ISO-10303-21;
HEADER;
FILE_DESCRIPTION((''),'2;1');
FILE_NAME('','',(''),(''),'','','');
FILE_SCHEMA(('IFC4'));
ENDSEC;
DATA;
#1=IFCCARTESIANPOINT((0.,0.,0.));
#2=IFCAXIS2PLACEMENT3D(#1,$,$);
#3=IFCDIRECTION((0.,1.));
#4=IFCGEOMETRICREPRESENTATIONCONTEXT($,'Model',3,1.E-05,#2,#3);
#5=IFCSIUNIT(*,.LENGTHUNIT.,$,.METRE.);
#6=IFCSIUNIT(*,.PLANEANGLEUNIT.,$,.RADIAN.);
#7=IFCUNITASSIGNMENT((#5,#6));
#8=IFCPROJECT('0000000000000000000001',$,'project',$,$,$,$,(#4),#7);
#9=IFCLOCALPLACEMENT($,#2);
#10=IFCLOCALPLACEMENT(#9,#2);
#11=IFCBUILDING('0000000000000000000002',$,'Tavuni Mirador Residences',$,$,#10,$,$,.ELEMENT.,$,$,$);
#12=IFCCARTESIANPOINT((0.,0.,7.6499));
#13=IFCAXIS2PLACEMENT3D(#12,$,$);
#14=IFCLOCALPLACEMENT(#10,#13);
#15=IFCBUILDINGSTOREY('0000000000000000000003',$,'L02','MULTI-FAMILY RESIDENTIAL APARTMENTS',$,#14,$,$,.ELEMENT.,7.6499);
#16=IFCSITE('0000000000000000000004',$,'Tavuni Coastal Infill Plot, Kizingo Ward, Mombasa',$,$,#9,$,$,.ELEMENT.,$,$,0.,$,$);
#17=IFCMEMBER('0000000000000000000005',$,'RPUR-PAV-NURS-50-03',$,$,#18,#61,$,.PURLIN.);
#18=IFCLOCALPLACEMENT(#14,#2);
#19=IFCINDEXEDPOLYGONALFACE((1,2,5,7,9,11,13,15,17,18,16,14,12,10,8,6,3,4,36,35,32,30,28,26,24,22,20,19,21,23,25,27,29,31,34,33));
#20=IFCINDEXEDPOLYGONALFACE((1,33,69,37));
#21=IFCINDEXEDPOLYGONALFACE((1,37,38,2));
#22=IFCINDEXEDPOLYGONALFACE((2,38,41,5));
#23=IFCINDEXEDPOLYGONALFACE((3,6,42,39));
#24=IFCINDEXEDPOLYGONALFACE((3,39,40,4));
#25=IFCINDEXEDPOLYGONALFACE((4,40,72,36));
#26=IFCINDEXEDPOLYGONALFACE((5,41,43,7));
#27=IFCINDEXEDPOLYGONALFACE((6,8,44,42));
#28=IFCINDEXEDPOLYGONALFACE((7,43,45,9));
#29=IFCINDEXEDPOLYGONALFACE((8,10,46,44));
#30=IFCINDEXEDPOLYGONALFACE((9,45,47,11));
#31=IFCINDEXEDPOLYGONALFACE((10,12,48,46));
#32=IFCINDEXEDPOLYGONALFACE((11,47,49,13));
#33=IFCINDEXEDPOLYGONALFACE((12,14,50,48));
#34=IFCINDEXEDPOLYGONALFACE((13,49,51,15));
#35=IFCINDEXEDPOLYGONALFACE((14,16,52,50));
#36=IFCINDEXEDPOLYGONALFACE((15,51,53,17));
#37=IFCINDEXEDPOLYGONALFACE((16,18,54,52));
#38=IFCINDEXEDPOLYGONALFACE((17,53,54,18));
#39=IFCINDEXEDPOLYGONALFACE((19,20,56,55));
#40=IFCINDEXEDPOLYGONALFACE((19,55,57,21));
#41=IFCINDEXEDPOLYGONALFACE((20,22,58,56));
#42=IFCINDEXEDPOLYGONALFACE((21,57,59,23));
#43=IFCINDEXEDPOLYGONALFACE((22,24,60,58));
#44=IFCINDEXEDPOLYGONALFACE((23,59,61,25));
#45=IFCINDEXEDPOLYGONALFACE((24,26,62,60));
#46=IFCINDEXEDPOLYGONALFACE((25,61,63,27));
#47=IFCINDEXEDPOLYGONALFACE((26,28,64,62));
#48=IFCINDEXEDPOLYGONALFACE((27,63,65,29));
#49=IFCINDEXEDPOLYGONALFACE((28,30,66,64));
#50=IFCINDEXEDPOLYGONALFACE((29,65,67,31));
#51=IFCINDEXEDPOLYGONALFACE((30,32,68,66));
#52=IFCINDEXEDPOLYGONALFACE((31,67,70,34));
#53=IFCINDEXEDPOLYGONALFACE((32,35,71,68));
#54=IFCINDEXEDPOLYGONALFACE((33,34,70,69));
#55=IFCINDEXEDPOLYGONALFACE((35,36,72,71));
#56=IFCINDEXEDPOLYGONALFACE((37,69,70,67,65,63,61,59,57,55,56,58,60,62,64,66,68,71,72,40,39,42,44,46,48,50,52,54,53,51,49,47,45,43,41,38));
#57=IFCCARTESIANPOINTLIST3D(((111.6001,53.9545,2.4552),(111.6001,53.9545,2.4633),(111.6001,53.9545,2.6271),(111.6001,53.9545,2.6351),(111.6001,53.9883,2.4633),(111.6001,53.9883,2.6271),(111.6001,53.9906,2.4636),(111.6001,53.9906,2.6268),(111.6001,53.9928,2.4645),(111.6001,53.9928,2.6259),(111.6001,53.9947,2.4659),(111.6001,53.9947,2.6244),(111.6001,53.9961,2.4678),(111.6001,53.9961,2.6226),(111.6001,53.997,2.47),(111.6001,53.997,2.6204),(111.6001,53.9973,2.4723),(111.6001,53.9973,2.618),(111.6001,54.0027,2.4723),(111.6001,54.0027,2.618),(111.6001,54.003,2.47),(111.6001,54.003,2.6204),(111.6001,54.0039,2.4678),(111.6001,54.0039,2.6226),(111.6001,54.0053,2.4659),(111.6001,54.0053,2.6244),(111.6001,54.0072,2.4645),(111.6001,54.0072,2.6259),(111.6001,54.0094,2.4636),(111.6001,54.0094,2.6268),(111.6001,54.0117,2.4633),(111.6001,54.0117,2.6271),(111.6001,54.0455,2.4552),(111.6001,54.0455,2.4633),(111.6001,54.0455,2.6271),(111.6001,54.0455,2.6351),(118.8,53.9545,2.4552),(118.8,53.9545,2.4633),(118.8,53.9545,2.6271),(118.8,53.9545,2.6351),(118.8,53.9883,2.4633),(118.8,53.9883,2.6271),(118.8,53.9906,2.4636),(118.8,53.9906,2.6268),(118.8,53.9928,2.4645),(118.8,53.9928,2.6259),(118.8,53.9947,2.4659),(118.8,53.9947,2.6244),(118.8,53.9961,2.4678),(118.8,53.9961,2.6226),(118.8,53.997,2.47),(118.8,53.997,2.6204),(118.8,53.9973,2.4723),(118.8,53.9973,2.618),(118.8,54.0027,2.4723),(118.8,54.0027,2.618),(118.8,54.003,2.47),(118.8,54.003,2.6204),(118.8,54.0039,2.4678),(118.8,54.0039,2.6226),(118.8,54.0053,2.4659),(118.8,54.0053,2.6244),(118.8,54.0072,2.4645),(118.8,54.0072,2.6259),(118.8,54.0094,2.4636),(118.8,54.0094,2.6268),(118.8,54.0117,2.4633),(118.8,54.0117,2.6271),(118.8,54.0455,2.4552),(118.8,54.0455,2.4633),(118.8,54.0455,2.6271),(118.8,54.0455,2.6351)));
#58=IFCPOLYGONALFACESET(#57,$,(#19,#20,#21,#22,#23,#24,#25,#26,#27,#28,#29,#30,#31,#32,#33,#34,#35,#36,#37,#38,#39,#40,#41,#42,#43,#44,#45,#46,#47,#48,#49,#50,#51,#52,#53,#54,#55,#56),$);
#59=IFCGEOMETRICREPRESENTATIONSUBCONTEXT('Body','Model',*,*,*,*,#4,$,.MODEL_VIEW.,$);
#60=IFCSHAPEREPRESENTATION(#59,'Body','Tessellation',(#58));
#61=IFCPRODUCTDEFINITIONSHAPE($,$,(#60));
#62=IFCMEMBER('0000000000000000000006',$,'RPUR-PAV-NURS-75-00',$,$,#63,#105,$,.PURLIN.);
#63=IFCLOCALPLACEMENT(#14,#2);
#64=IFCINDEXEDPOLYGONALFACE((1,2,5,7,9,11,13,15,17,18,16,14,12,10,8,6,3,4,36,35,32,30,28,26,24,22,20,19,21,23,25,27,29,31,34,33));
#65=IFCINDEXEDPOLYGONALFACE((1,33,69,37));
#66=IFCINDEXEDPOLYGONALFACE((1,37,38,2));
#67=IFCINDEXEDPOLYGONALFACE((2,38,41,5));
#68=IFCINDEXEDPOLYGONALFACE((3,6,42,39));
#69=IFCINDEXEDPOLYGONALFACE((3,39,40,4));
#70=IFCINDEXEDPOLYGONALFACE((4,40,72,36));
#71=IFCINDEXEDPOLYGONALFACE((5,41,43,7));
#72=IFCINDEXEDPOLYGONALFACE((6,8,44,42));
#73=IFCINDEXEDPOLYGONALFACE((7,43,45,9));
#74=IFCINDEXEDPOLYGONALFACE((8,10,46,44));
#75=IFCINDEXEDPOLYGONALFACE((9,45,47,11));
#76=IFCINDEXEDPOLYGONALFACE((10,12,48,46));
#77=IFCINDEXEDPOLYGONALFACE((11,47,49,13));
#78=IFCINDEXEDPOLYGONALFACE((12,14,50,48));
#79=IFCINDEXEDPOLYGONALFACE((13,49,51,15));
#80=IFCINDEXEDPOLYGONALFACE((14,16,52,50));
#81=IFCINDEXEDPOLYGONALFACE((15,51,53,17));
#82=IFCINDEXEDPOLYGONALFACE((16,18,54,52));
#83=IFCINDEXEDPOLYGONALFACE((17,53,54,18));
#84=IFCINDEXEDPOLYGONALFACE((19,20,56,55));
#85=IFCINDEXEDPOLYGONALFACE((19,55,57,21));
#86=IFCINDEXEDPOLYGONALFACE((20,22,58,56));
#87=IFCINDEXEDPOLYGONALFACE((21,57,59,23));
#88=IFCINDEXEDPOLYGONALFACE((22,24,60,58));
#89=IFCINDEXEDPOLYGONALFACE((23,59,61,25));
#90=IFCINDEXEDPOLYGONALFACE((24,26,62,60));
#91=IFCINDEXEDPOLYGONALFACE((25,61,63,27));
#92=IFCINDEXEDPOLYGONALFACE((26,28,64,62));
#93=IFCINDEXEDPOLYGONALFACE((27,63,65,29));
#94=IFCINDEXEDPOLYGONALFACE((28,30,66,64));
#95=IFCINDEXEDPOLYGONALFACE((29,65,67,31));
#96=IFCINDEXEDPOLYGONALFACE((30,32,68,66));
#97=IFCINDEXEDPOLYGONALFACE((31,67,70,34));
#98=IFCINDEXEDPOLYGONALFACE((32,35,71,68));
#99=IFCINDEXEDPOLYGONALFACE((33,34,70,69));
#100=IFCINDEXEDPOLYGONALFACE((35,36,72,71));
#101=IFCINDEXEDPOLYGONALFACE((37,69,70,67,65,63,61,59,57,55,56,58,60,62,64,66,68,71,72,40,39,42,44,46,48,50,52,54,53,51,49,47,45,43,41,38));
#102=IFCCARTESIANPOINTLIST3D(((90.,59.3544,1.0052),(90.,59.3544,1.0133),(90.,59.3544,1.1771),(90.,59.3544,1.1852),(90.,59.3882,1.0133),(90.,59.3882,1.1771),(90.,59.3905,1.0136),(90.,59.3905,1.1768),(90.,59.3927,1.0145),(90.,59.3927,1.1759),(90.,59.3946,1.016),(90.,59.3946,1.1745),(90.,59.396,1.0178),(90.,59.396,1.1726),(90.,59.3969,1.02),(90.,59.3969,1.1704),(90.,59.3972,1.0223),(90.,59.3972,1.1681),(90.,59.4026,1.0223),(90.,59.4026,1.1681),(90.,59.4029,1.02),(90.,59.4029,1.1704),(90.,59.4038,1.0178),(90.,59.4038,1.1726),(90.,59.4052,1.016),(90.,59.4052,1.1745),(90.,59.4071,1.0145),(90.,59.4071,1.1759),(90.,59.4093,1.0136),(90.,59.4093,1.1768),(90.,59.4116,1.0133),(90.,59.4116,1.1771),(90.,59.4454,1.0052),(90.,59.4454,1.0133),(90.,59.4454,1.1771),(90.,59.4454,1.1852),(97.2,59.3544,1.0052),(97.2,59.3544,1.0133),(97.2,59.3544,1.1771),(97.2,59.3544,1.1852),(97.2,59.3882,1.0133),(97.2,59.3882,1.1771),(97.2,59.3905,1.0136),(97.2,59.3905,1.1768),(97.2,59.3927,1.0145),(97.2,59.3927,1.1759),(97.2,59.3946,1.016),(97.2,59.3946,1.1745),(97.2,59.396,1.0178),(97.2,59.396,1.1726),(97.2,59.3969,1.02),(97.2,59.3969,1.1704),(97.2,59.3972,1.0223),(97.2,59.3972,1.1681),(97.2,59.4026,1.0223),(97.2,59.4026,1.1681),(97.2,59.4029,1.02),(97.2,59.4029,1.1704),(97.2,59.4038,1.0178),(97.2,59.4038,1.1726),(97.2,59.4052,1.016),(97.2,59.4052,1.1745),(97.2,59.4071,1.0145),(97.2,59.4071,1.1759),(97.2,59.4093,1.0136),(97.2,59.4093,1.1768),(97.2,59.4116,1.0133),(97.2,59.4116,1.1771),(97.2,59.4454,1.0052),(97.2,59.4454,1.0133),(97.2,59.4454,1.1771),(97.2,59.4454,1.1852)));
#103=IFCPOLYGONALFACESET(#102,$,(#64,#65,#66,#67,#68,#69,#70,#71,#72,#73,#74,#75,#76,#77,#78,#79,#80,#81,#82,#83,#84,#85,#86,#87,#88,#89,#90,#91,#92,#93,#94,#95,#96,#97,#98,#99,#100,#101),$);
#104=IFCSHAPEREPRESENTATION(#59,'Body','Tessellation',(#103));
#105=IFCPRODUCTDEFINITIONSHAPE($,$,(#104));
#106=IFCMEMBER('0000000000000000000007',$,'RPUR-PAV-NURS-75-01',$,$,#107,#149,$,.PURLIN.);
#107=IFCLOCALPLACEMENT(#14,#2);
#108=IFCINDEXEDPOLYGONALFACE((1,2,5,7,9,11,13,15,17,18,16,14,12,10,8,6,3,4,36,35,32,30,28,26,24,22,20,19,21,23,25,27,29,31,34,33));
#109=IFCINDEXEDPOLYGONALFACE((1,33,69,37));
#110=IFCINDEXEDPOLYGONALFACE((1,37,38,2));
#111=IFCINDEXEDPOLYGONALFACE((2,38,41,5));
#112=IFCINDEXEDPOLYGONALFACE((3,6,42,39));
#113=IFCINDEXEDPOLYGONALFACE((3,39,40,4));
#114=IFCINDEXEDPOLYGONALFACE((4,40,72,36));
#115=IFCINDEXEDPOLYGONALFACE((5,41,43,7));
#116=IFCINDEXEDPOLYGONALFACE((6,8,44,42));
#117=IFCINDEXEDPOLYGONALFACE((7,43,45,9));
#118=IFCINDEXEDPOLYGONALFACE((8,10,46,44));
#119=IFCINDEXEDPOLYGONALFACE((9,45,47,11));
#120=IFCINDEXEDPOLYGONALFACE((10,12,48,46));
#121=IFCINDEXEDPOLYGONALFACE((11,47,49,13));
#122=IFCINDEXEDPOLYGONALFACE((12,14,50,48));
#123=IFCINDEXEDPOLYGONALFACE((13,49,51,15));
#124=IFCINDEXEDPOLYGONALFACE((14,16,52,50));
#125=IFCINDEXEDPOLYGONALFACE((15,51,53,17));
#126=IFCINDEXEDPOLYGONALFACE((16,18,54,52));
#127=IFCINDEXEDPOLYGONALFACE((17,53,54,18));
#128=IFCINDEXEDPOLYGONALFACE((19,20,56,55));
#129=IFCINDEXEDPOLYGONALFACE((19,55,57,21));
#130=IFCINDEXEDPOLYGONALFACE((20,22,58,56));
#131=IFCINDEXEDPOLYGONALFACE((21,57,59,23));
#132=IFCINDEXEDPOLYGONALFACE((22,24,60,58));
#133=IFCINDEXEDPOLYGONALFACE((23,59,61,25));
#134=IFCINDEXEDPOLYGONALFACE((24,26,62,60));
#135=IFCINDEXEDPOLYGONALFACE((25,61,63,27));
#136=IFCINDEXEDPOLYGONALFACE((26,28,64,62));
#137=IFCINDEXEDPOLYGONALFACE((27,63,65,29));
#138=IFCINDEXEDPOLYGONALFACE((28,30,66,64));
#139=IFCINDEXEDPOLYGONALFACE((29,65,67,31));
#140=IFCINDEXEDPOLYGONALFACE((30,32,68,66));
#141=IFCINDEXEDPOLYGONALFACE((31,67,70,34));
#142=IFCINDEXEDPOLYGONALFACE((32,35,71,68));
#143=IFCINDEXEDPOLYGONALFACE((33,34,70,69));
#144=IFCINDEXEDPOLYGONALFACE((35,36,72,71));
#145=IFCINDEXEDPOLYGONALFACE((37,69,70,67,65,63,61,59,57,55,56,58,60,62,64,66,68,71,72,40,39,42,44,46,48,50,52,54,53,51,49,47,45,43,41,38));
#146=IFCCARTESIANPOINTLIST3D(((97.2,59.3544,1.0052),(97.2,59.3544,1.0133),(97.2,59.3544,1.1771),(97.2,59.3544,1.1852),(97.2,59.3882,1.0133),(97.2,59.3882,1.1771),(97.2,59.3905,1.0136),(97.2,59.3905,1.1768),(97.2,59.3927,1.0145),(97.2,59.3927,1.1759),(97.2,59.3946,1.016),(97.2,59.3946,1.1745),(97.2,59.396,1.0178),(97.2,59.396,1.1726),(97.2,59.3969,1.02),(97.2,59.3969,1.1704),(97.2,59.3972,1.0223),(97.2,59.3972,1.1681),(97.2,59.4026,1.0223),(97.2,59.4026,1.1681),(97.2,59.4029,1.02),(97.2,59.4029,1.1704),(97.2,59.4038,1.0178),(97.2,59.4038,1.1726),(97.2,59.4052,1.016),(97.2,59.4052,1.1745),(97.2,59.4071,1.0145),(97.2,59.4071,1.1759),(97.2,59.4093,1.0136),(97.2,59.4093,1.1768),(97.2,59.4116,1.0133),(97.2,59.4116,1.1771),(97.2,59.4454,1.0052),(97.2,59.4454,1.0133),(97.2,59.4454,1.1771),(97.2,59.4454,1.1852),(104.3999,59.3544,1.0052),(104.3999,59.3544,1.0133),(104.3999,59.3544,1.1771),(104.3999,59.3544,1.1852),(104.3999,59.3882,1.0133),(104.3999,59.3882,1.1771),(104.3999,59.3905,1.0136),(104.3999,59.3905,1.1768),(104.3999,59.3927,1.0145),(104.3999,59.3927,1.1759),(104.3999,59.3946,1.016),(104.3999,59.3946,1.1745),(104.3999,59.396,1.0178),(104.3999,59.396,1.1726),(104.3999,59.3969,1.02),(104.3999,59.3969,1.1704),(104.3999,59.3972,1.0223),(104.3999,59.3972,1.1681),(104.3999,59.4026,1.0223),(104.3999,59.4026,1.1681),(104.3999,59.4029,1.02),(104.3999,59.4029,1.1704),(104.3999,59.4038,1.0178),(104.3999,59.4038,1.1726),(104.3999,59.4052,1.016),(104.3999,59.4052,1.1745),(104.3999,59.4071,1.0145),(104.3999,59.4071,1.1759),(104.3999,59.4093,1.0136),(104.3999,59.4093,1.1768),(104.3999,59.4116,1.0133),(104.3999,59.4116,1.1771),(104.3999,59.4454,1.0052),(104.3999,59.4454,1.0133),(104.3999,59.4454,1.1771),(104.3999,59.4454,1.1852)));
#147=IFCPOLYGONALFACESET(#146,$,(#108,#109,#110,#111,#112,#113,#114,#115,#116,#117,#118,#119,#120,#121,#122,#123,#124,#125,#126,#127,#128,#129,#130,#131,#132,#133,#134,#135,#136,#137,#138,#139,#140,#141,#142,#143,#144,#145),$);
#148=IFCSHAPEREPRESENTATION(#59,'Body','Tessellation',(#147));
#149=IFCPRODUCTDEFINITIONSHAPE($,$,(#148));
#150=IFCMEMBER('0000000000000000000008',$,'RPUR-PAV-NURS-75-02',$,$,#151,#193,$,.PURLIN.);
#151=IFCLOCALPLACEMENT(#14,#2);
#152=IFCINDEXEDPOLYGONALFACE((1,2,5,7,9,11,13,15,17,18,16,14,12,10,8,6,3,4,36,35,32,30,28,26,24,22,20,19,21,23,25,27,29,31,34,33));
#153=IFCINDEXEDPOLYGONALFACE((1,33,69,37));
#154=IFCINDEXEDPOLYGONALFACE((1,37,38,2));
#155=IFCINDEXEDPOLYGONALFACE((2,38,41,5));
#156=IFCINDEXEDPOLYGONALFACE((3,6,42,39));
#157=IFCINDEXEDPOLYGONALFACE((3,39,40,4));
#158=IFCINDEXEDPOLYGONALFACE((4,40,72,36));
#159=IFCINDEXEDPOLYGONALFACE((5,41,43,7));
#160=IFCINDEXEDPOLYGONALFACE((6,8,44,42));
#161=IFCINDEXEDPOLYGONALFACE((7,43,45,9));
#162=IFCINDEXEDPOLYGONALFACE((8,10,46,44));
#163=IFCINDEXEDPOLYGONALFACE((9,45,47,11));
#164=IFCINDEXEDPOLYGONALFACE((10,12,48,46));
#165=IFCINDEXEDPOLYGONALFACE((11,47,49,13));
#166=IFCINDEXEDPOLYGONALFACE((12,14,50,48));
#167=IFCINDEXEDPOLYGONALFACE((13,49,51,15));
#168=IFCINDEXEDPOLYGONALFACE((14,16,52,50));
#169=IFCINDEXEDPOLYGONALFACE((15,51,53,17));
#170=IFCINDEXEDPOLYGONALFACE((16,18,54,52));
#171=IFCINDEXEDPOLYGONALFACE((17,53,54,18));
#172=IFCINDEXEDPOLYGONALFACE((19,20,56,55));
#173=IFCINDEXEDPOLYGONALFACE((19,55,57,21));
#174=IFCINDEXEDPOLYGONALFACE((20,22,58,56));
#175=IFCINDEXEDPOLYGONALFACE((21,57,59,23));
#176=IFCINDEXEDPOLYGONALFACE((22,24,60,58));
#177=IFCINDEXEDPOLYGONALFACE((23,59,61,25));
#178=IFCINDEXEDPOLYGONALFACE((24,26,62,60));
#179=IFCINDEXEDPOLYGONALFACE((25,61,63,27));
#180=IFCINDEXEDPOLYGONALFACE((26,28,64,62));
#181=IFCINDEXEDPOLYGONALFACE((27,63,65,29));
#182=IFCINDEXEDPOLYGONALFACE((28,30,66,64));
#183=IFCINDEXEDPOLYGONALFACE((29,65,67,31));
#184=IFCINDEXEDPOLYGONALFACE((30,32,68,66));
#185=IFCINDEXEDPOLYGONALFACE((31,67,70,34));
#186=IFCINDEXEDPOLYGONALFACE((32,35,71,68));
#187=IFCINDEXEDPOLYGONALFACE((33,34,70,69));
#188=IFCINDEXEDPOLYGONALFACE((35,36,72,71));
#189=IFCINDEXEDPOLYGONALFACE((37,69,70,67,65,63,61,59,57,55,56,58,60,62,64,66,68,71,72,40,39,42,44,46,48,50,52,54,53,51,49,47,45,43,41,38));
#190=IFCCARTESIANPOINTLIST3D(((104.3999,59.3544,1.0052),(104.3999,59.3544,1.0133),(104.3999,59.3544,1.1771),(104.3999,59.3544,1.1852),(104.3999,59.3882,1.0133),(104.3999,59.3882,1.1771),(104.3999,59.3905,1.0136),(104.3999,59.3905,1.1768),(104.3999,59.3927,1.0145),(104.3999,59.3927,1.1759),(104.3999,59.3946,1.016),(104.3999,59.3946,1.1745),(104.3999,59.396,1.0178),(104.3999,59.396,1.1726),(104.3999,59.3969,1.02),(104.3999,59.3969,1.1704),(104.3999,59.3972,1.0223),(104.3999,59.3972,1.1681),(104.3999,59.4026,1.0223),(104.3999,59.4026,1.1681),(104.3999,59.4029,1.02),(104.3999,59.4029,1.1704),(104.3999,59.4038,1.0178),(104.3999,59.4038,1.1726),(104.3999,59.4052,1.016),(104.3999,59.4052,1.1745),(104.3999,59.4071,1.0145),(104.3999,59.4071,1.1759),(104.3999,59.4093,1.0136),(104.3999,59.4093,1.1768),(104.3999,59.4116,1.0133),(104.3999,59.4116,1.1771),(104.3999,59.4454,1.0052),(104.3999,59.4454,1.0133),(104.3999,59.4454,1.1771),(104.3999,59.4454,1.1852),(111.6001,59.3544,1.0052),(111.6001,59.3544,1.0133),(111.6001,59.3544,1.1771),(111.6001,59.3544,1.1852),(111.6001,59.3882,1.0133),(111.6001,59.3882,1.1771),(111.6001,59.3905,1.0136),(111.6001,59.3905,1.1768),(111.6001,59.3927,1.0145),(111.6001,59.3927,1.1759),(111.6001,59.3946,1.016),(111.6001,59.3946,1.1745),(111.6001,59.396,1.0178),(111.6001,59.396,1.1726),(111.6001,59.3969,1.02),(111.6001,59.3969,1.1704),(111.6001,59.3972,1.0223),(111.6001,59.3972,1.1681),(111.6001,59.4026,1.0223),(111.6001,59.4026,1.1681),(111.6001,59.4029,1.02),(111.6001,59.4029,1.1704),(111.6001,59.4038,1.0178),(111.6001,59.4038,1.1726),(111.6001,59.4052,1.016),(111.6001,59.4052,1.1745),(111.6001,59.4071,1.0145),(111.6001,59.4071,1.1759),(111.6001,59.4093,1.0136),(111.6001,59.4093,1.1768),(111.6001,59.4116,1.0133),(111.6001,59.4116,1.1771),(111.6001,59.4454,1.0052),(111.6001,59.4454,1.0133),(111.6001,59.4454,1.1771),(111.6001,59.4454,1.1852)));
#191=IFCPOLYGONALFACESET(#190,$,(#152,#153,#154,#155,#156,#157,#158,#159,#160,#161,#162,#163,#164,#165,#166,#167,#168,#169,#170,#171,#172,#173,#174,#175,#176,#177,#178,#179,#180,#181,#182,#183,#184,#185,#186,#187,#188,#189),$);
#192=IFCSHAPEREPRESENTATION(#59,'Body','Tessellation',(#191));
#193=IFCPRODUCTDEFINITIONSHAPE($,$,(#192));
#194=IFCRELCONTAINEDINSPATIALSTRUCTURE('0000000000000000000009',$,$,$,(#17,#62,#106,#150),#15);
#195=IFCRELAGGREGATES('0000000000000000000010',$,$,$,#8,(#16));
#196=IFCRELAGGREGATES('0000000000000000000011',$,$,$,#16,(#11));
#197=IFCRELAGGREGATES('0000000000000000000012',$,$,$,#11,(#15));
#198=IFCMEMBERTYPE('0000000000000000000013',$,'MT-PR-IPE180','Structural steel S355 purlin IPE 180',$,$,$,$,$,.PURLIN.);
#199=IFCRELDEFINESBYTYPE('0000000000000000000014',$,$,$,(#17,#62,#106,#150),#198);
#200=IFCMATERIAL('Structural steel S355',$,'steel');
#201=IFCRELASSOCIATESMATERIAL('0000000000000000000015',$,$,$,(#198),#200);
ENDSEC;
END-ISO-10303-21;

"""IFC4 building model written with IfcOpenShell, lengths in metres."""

from ifc_helpers import new_model, si_unit, direction, frame, origin, origin_2d, place, context, subcontext, project, spatial, i_section, extrude, material, material_profile, profile_set, type_object, element, save


model = new_model("IFC4")

# Units and contexts
model_context = context("Model", 3, precision=1e-05, world=origin(), true_north=direction((0.0, 1.0)))
body_context = subcontext(model_context, "Body", "Model", "MODEL_VIEW")
ifc_project = project(units=[si_unit("LENGTHUNIT", "METRE"), si_unit("PLANEANGLEUNIT", "RADIAN")], contexts=[model_context])

# Site, building, storey
site_placement = place(None, origin())
site = spatial("IfcSite", under=ifc_project, at=site_placement, Name="Tavuni Coastal Infill Plot, Kizingo Ward, Mombasa", CompositionType="ELEMENT", RefElevation=0.0)
building_placement = place(site_placement, origin())
building = spatial("IfcBuilding", under=site, at=building_placement, Name="Tavuni Mirador Residences", CompositionType="ELEMENT")
storey_placement = place(building_placement, frame((0.0, 0.0, 7.6499)))
storey = spatial("IfcBuildingStorey", under=building, at=storey_placement, Name="L02", Description="MULTI-FAMILY RESIDENTIAL APARTMENTS", CompositionType="ELEMENT", Elevation=7.6499)

# Members
ifc_material_1 = material(Name="Structural steel S355", Category="steel")
ifc_material_profile_1 = material_profile(ifc_material_1, i_section(OverallWidth=0.0911, OverallDepth=0.1799, WebThickness=0.0054, FlangeThickness=0.0081, FilletRadius=0.009, at=origin_2d()), Name="IPE 180", Category="steel")
ifc_profile_set_1 = profile_set([ifc_material_profile_1], Name="Structural steel S355")
member_type_1 = type_object("IfcMemberType", Name="MT-PR-IPE180", Description="Structural steel S355 purlin IPE 180", PredefinedType="PURLIN", material=ifc_profile_set_1)
for number, where, z_axis, x_axis, name in (
    (1, (111.6001, 54.0, 2.5452), (1.0, 0.0, 0.0), (0.0, 1.0, 0.0), "RPUR-PAV-NURS-50-03"),
    (2, (90.0, 59.3999, 1.0952), (1.0, 0.0, 0.0), (0.0, 1.0, 0.0), "RPUR-PAV-NURS-75-00"),
    (3, (97.2, 59.3999, 1.0952), (1.0, 0.0, 0.0), (0.0, 1.0, 0.0), "RPUR-PAV-NURS-75-01"),
):
    element("IfcMember", number, at=place(storey_placement, frame(where, z_axis=z_axis, x_axis=x_axis)), inside=storey, type_object=member_type_1, Name=name, PredefinedType="PURLIN", context=body_context, shape_type="SweptSolid", body=[
        extrude(i_section(OverallWidth=0.0911, OverallDepth=0.1799, WebThickness=0.0054, FlangeThickness=0.0081, FilletRadius=0.009, at=origin_2d()), origin(), (0.0, 0.0, 1.0), 7.2),
    ])
member_1_placement = place(storey_placement, frame((104.3999, 59.3999, 1.0952), z_axis=(1.0, 0.0, 0.0), x_axis=(0.0, 1.0, 0.0)))
element("IfcMember", 4, at=member_1_placement, inside=storey, type_object=member_type_1, Name="RPUR-PAV-NURS-75-02", PredefinedType="PURLIN", context=body_context, shape_type="SweptSolid", body=[
    extrude(i_section(OverallWidth=0.0911, OverallDepth=0.1799, WebThickness=0.0054, FlangeThickness=0.0081, FilletRadius=0.009, at=origin_2d()), origin(), (0.0, 0.0, 1.0), 7.2002),
])

save(model, "model.ifc")
